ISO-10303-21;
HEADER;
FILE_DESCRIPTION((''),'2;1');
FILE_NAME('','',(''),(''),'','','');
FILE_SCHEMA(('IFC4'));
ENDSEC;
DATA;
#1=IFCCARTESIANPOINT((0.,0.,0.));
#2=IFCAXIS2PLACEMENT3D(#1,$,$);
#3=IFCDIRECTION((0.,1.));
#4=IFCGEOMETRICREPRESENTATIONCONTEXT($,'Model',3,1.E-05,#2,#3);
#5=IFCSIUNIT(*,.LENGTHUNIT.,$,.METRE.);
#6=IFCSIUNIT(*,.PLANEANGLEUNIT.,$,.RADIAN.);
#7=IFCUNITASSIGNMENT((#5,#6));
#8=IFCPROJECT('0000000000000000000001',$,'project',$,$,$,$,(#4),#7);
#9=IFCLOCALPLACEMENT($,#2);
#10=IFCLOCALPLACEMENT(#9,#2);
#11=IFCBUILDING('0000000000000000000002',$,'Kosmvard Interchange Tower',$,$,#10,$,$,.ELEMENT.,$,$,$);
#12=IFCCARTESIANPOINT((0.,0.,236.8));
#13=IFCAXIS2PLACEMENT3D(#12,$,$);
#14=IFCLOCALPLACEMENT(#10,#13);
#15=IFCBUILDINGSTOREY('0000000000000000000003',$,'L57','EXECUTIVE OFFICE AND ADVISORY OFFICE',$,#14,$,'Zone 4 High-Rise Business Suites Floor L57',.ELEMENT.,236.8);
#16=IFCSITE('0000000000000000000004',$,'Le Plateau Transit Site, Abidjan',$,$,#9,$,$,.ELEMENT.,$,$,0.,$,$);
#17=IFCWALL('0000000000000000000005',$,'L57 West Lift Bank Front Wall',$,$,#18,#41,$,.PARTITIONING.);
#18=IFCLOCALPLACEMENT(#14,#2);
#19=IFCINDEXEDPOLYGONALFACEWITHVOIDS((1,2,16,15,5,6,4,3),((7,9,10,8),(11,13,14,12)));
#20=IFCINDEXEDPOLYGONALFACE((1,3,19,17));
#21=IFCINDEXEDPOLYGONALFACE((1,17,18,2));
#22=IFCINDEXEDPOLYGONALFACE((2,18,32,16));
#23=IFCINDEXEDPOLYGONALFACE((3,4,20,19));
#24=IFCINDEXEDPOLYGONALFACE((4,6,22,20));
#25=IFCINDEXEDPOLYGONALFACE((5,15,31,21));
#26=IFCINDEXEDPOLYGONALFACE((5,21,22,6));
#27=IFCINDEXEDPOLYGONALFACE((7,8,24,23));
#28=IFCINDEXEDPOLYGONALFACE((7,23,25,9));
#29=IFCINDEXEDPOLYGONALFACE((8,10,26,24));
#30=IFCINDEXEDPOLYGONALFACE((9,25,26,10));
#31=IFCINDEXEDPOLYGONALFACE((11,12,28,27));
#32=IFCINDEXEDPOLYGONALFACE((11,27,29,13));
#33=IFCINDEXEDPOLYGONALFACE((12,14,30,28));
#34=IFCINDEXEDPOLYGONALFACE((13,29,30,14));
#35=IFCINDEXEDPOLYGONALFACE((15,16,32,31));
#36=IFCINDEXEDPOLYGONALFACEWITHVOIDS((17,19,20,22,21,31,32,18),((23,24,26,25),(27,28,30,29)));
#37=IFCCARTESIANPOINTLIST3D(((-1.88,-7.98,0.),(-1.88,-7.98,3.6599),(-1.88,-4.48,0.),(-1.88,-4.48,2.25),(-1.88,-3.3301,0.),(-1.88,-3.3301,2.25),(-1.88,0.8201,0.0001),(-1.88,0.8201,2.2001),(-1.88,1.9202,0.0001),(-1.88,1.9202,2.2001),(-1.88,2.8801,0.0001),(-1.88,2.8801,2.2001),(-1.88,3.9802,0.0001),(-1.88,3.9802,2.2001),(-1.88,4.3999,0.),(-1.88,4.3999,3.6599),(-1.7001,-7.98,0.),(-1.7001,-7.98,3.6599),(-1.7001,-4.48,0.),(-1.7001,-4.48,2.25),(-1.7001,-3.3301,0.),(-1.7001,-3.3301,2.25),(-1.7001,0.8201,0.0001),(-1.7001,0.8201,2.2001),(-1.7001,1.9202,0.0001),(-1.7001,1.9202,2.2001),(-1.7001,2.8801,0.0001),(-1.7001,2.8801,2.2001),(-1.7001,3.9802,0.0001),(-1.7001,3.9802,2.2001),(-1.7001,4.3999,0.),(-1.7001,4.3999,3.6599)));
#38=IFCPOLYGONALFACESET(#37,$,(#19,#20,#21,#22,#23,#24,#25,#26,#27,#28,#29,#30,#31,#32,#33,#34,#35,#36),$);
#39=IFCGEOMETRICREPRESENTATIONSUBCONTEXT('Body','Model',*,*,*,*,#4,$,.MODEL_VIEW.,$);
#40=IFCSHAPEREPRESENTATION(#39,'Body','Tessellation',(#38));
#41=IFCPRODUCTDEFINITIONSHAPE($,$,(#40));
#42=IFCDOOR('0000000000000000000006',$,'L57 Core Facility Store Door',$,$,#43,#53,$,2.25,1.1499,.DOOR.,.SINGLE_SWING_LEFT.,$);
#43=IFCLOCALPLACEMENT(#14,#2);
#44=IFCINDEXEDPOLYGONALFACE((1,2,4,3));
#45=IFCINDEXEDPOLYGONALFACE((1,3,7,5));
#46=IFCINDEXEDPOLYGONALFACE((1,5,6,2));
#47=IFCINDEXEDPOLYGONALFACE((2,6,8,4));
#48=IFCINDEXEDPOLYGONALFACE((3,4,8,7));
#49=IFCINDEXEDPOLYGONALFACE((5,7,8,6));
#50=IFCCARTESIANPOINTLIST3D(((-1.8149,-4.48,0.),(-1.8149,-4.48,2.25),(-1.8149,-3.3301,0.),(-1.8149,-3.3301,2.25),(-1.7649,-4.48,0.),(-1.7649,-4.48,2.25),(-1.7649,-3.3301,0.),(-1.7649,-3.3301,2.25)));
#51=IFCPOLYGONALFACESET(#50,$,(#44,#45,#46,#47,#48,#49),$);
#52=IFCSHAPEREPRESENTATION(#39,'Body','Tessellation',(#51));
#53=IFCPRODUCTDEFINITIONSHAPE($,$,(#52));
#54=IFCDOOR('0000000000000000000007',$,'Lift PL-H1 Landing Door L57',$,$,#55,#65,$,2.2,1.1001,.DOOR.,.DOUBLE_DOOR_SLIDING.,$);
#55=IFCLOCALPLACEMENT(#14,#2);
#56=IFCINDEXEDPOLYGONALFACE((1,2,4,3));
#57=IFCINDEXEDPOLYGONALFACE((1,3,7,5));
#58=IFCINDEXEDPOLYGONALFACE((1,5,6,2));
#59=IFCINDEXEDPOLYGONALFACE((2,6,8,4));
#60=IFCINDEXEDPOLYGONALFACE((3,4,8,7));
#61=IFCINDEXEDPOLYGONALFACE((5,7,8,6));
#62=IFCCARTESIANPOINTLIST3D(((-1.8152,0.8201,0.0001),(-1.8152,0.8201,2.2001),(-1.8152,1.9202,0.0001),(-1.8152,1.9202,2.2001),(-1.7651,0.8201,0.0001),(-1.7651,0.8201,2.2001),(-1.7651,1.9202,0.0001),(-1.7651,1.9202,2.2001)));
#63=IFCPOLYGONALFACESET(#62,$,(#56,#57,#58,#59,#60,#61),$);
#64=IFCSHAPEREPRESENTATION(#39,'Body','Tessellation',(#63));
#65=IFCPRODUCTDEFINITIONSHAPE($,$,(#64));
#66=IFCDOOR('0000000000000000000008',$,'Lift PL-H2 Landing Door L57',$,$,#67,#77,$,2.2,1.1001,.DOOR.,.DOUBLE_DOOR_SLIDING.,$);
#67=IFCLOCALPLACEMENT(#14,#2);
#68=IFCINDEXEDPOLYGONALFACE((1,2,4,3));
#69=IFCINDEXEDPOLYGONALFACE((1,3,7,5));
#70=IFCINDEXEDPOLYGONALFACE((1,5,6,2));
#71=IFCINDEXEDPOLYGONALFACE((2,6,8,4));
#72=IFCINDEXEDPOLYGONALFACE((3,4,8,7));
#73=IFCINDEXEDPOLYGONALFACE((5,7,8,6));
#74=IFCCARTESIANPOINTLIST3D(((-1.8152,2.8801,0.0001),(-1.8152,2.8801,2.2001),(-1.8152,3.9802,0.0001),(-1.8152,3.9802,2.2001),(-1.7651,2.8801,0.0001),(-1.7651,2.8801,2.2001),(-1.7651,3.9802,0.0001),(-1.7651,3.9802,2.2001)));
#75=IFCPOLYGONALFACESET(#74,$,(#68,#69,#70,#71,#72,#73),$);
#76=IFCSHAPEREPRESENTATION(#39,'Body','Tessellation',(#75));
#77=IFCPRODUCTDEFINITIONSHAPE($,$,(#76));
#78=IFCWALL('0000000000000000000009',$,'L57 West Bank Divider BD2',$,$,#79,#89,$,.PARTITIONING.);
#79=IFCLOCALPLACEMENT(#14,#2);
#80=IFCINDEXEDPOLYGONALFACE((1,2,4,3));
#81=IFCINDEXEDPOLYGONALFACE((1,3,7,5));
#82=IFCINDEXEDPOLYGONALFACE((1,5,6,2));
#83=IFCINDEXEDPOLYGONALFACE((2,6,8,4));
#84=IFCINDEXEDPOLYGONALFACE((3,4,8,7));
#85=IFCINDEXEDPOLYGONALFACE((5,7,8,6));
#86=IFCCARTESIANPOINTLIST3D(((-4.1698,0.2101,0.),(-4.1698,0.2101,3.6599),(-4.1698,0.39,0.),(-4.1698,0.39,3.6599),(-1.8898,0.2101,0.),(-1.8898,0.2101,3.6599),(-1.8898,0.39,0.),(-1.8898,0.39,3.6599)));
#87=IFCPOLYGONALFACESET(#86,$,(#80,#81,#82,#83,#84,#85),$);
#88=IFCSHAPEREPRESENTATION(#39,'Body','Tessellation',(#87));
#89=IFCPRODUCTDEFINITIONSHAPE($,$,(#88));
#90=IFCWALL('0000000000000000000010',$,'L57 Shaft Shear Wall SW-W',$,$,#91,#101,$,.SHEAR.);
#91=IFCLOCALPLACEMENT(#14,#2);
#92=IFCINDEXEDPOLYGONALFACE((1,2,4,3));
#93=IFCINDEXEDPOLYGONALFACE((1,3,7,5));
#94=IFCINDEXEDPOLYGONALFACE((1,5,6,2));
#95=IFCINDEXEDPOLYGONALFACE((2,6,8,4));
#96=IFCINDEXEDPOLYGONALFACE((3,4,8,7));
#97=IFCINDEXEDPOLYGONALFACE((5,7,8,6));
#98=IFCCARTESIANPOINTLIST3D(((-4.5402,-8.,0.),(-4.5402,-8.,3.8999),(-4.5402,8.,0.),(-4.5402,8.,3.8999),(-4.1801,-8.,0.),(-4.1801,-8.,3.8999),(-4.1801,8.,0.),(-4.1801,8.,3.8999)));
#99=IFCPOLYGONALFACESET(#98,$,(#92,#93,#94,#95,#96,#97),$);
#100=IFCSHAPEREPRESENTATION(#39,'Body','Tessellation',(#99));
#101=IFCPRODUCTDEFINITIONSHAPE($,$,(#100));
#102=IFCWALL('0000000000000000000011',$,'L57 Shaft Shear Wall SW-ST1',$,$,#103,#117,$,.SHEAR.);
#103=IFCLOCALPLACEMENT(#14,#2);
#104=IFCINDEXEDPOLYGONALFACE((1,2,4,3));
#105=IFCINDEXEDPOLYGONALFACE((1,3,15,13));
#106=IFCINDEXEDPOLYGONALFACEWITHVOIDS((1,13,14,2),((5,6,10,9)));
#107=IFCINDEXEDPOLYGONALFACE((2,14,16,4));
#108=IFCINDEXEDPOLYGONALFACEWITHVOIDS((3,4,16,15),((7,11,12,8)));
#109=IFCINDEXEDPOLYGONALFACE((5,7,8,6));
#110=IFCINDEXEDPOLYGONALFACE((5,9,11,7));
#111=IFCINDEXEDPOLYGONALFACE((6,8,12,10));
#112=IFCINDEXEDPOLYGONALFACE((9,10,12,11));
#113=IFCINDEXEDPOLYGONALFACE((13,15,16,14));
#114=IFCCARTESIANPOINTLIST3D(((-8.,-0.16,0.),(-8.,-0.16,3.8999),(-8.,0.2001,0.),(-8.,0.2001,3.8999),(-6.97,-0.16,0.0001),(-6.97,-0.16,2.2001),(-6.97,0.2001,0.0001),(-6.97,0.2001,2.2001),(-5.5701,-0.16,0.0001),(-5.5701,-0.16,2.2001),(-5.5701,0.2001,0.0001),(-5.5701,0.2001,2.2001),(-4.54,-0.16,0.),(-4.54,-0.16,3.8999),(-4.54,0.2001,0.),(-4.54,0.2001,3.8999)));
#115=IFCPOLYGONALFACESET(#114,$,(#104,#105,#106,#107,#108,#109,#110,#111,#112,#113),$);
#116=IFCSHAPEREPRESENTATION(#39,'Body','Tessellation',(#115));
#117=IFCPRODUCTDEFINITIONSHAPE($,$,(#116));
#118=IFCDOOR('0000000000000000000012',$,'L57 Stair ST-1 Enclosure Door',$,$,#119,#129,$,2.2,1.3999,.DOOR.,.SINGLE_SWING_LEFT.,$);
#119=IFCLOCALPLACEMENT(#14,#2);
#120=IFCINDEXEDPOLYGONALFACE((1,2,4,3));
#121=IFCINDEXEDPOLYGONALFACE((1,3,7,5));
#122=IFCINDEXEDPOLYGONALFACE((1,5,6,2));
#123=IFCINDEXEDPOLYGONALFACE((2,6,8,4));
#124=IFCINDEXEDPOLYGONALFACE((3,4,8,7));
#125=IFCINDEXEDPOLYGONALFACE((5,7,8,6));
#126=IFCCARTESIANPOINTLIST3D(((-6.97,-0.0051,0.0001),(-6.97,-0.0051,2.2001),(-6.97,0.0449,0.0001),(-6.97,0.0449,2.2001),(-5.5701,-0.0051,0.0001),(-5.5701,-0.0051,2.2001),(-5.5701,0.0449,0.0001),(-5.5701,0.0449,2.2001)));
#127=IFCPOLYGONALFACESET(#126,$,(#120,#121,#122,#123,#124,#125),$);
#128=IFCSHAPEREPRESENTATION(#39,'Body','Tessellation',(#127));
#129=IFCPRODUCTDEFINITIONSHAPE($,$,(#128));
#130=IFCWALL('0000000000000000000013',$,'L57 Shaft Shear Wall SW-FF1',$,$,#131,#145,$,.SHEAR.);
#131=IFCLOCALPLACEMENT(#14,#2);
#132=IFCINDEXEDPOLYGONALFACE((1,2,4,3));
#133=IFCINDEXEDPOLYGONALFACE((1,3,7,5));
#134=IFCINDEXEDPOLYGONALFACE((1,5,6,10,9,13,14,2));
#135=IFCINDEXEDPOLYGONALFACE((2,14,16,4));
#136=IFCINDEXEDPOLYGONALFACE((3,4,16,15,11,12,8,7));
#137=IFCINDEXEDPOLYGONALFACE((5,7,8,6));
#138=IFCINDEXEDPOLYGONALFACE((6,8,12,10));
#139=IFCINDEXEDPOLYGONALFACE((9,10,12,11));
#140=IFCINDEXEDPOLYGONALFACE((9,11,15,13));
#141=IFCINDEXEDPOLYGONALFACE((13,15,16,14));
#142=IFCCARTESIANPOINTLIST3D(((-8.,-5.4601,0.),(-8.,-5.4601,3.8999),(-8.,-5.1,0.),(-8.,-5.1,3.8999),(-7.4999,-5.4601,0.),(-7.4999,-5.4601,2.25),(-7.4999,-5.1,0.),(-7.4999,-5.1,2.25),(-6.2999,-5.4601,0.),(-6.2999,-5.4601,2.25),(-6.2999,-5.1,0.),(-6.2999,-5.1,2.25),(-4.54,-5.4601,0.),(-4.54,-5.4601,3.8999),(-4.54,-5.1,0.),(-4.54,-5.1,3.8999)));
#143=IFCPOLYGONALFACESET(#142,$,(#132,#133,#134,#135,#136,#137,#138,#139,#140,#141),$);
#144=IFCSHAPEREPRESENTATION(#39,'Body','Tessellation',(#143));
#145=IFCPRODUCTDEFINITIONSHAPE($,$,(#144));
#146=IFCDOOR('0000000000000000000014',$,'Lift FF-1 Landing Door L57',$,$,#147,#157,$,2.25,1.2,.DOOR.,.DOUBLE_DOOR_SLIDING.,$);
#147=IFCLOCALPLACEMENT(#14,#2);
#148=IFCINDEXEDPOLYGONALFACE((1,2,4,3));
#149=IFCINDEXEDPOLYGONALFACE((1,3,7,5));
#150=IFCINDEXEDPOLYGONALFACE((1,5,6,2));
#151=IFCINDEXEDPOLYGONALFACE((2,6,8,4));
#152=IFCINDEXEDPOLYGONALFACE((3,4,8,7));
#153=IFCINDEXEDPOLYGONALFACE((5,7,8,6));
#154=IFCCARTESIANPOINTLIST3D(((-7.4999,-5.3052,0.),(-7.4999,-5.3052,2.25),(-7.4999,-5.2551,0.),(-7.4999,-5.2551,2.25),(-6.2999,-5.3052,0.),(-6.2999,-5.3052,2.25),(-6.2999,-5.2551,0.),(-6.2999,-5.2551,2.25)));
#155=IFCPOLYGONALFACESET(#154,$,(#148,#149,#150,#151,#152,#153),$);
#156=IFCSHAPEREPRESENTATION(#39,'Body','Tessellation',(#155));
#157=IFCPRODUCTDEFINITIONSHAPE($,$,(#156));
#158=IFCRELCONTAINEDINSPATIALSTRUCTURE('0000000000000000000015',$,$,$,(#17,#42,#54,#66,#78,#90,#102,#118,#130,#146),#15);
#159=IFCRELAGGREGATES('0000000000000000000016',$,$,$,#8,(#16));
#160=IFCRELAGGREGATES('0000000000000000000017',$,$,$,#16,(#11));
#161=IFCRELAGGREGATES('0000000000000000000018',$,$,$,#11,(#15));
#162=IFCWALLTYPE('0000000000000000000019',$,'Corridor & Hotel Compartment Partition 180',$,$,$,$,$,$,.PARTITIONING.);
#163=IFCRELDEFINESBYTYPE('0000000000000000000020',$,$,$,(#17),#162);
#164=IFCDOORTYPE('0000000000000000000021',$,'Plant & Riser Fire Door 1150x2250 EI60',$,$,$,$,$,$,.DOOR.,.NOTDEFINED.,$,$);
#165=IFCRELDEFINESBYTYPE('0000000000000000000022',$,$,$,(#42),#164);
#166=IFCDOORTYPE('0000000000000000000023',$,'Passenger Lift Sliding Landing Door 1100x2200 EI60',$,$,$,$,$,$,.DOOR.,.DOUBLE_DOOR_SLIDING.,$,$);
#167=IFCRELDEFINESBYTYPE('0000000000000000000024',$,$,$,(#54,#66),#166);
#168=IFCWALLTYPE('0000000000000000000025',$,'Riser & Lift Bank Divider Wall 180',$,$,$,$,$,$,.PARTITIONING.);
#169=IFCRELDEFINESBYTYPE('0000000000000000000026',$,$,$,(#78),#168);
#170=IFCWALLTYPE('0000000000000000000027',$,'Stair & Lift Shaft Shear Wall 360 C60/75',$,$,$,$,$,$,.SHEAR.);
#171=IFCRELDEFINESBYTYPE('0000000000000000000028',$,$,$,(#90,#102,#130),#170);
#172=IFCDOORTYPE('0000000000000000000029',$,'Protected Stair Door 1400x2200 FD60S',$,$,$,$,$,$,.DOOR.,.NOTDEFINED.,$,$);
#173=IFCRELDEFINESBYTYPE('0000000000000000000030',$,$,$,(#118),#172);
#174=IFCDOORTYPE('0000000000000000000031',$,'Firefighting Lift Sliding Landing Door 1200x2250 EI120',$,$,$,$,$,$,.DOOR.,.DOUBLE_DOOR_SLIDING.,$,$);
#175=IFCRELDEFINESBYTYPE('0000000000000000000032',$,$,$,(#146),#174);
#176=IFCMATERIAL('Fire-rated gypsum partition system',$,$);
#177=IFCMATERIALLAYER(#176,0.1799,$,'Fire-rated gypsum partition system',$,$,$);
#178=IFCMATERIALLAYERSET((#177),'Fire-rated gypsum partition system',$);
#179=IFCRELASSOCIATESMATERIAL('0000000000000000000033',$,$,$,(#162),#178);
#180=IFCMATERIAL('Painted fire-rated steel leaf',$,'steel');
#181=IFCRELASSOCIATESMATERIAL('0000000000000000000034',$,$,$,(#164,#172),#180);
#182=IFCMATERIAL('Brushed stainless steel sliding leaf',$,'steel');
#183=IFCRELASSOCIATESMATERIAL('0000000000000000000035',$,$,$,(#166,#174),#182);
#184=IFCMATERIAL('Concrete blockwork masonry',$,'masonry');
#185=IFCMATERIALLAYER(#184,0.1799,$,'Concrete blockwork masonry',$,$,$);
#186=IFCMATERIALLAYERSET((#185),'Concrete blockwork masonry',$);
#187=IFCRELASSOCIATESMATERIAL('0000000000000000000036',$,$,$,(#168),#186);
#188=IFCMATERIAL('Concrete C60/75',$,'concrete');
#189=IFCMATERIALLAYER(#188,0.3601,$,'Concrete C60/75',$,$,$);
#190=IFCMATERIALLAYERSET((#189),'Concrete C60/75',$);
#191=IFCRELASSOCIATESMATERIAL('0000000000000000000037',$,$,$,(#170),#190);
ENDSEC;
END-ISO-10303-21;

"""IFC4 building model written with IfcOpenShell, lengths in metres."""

from ifc_helpers import new_model, si_unit, direction, frame, frame_2d, origin, place, context, subcontext, project, spatial, rectangle, extrude, source, transform, mapped, material, layer, layer_set, type_object, element, fill, save


model = new_model("IFC4")

# Units and contexts
model_context = context("Model", 3, precision=1e-05, world=origin(), true_north=direction((0.0, 1.0)))
body_context = subcontext(model_context, "Body", "Model", "MODEL_VIEW")
ifc_project = project(units=[si_unit("LENGTHUNIT", "METRE"), si_unit("PLANEANGLEUNIT", "RADIAN")], contexts=[model_context])

# Site, building, storey
site_placement = place(None, origin())
site = spatial("IfcSite", under=ifc_project, at=site_placement, Name="Le Plateau Transit Site, Abidjan", CompositionType="ELEMENT", RefElevation=0.0)
building_placement = place(site_placement, origin())
building = spatial("IfcBuilding", under=site, at=building_placement, Name="Kosmvard Interchange Tower", CompositionType="ELEMENT")
storey_placement = place(building_placement, frame((0.0, 0.0, 236.8)))
storey = spatial("IfcBuildingStorey", under=building, at=storey_placement, Name="L57", Description="EXECUTIVE OFFICE AND ADVISORY OFFICE", LongName="Zone 4 High-Rise Business Suites Floor L57", CompositionType="ELEMENT", Elevation=236.8)

# Shared definitions
ifc_material_1 = material(Name="Concrete C60/75", Category="concrete")

# Wall, openings, doors
ifc_material_2 = material(Name="Fire-rated gypsum partition system")
ifc_layer_1 = layer(ifc_material_2, 0.1799, Name="Fire-rated gypsum partition system")
ifc_layer_set_1 = layer_set([ifc_layer_1], Name="Fire-rated gypsum partition system")
wall_type_1 = type_object("IfcWallType", Name="Corridor & Hotel Compartment Partition 180", PredefinedType="PARTITIONING", material=ifc_layer_set_1)
wall_1_placement = place(storey_placement, frame((-1.79, -7.98, 0.0), z_axis=(0.0, 0.0, 1.0), x_axis=(0.0, 1.0, 0.0)))
wall_1 = element("IfcWall", 1, at=wall_1_placement, inside=storey, type_object=wall_type_1, Name="L57 West Lift Bank Front Wall", PredefinedType="PARTITIONING", context=body_context, shape_type="SweptSolid", body=[
    extrude(rectangle(XDim=12.3799, YDim=0.1799, at=frame_2d((6.1899, 0.0))), origin(), (0.0, 0.0, 1.0), 3.6599),
])
opening_1_placement = place(wall_1_placement, frame((8.8, 0.0, 0.0)))
opening_1 = element("IfcOpeningElement", 2, at=opening_1_placement, cuts=wall_1, PredefinedType="OPENING", context=body_context, shape_type="SweptSolid", body=[
    extrude(rectangle(XDim=1.1001, YDim=2.2, at=frame_2d((0.55, 1.1001))), frame((0.0, 0.1001, 0.0), z_axis=(0.0, -1.0, 0.0), x_axis=(1.0, 0.0, 0.0)), (0.0, 0.0, 1.0), 0.2),
])
opening_2_placement = place(wall_1_placement, frame((10.8601, 0.0, 0.0)))
opening_2 = element("IfcOpeningElement", 3, at=opening_2_placement, cuts=wall_1, PredefinedType="OPENING", context=body_context, shape_type="SweptSolid", body=[
    extrude(rectangle(XDim=1.1001, YDim=2.2, at=frame_2d((0.55, 1.1001))), frame((0.0, 0.1001, 0.0), z_axis=(0.0, -1.0, 0.0), x_axis=(1.0, 0.0, 0.0)), (0.0, 0.0, 1.0), 0.2),
])
opening_3_placement = place(wall_1_placement, frame((3.5, 0.0, 0.0)))
opening_3 = element("IfcOpeningElement", 4, at=opening_3_placement, cuts=wall_1, PredefinedType="OPENING", context=body_context, shape_type="SweptSolid", body=[
    extrude(rectangle(XDim=1.1499, YDim=2.25, at=frame_2d((0.575, 1.125))), frame((0.0, 0.1001, 0.0), z_axis=(0.0, -1.0, 0.0), x_axis=(1.0, 0.0, 0.0)), (0.0, 0.0, 1.0), 0.2),
])
ifc_material_3 = material(Name="Painted fire-rated steel leaf", Category="steel")
door_type_1 = type_object("IfcDoorType", Name="Plant & Riser Fire Door 1150x2250 EI60", OperationType="NOTDEFINED", PredefinedType="DOOR", material=ifc_material_3)
shared_shape_1 = source(origin(), body_context, "Body", "SweptSolid", [
    extrude(rectangle(XDim=1.1499, YDim=2.25, at=frame_2d((0.575, 1.125))), frame((0.0, 0.0249, 0.0), z_axis=(0.0, -1.0, 0.0), x_axis=(1.0, 0.0, 0.0)), (0.0, 0.0, 1.0), 0.05),
])
door_1_placement = place(opening_3_placement, origin())
door_1 = element("IfcDoor", 5, at=door_1_placement, inside=storey, type_object=door_type_1, Name="L57 Core Facility Store Door", OperationType="SINGLE_SWING_LEFT", OverallHeight=2.25, OverallWidth=1.1499, PredefinedType="DOOR", context=body_context, shape_type="MappedRepresentation", body=[
    mapped(shared_shape_1, transform((0.0, 0.0, 0.0), scale=1.0)),
])
fill(opening_3, door_1)
ifc_material_4 = material(Name="Brushed stainless steel sliding leaf", Category="steel")
door_type_2 = type_object("IfcDoorType", Name="Passenger Lift Sliding Landing Door 1100x2200 EI60", OperationType="DOUBLE_DOOR_SLIDING", PredefinedType="DOOR", material=ifc_material_4)
shared_shape_2 = source(origin(), body_context, "Body", "SweptSolid", [
    extrude(rectangle(XDim=1.1001, YDim=2.2, at=frame_2d((0.55, 1.1001))), frame((0.0, 0.0249, 0.0), z_axis=(0.0, -1.0, 0.0), x_axis=(1.0, 0.0, 0.0)), (0.0, 0.0, 1.0), 0.05),
])
door_2_placement = place(opening_1_placement, frame((1.1001, 0.0, 0.0), z_axis=(0.0, 0.0, 1.0), x_axis=(-1.0, 0.0, 0.0)))
door_2 = element("IfcDoor", 6, at=door_2_placement, inside=storey, type_object=door_type_2, Name="Lift PL-H1 Landing Door L57", OperationType="DOUBLE_DOOR_SLIDING", OverallHeight=2.2, OverallWidth=1.1001, PredefinedType="DOOR", context=body_context, shape_type="MappedRepresentation", body=[
    mapped(shared_shape_2, transform((0.0, 0.0, 0.0), scale=1.0)),
])
fill(opening_1, door_2)
door_3_placement = place(opening_2_placement, frame((1.1001, 0.0, 0.0), z_axis=(0.0, 0.0, 1.0), x_axis=(-1.0, 0.0, 0.0)))
door_3 = element("IfcDoor", 7, at=door_3_placement, inside=storey, type_object=door_type_2, Name="Lift PL-H2 Landing Door L57", OperationType="DOUBLE_DOOR_SLIDING", OverallHeight=2.2, OverallWidth=1.1001, PredefinedType="DOOR", context=body_context, shape_type="MappedRepresentation", body=[
    mapped(shared_shape_2, transform((0.0, 0.0, 0.0), scale=1.0)),
])
fill(opening_2, door_3)

# Walls
ifc_material_5 = material(Name="Concrete blockwork masonry", Category="masonry")
ifc_layer_2 = layer(ifc_material_5, 0.1799, Name="Concrete blockwork masonry")
ifc_layer_set_2 = layer_set([ifc_layer_2], Name="Concrete blockwork masonry")
wall_type_2 = type_object("IfcWallType", Name="Riser & Lift Bank Divider Wall 180", PredefinedType="PARTITIONING", material=ifc_layer_set_2)
wall_2_placement = place(storey_placement, frame((-4.1699, 0.3, 0.0), z_axis=(0.0, 0.0, 1.0), x_axis=(1.0, 0.0, 0.0)))
element("IfcWall", 8, at=wall_2_placement, inside=storey, type_object=wall_type_2, Name="L57 West Bank Divider BD2", PredefinedType="PARTITIONING", context=body_context, shape_type="SweptSolid", body=[
    extrude(rectangle(XDim=2.28, YDim=0.1799, at=frame_2d((1.1401, 0.0))), origin(), (0.0, 0.0, 1.0), 3.6599),
])
ifc_layer_3 = layer(ifc_material_1, 0.3601, Name="Concrete C60/75")
ifc_layer_set_3 = layer_set([ifc_layer_3], Name="Concrete C60/75")
wall_type_3 = type_object("IfcWallType", Name="Stair & Lift Shaft Shear Wall 360 C60/75", PredefinedType="SHEAR", material=ifc_layer_set_3)
wall_3_placement = place(storey_placement, frame((-4.3601, -8.0, 0.0), z_axis=(0.0, 0.0, 1.0), x_axis=(0.0, 1.0, 0.0)))
element("IfcWall", 9, at=wall_3_placement, inside=storey, type_object=wall_type_3, Name="L57 Shaft Shear Wall SW-W", PredefinedType="SHEAR", context=body_context, shape_type="SweptSolid", body=[
    extrude(rectangle(XDim=16.0, YDim=0.3601, at=frame_2d((8.0, 0.0))), origin(), (0.0, 0.0, 1.0), 3.8999),
])

# Walls, openings, doors
wall_4_placement = place(storey_placement, frame((-8.0, 0.02, 0.0), z_axis=(0.0, 0.0, 1.0), x_axis=(1.0, 0.0, 0.0)))
wall_4 = element("IfcWall", 10, at=wall_4_placement, inside=storey, type_object=wall_type_3, Name="L57 Shaft Shear Wall SW-ST1", PredefinedType="SHEAR", context=body_context, shape_type="SweptSolid", body=[
    extrude(rectangle(XDim=3.46, YDim=0.3601, at=frame_2d((1.73, 0.0))), origin(), (0.0, 0.0, 1.0), 3.8999),
])
opening_4_placement = place(wall_4_placement, frame((1.03, 0.0, 0.0)))
opening_4 = element("IfcOpeningElement", 11, at=opening_4_placement, cuts=wall_4, PredefinedType="OPENING", context=body_context, shape_type="SweptSolid", body=[
    extrude(rectangle(XDim=1.3999, YDim=2.2, at=frame_2d((0.7, 1.1001))), frame((0.0, 0.1899, 0.0), z_axis=(0.0, -1.0, 0.0), x_axis=(1.0, 0.0, 0.0)), (0.0, 0.0, 1.0), 0.3801),
])
door_type_3 = type_object("IfcDoorType", Name="Protected Stair Door 1400x2200 FD60S", OperationType="NOTDEFINED", PredefinedType="DOOR", material=ifc_material_3)
shared_shape_3 = source(origin(), body_context, "Body", "SweptSolid", [
    extrude(rectangle(XDim=1.3999, YDim=2.2, at=frame_2d((0.7, 1.1001))), frame((0.0, 0.0249, 0.0), z_axis=(0.0, -1.0, 0.0), x_axis=(1.0, 0.0, 0.0)), (0.0, 0.0, 1.0), 0.05),
])
door_4_placement = place(opening_4_placement, origin())
door_4 = element("IfcDoor", 12, at=door_4_placement, inside=storey, type_object=door_type_3, Name="L57 Stair ST-1 Enclosure Door", OperationType="SINGLE_SWING_LEFT", OverallHeight=2.2, OverallWidth=1.3999, PredefinedType="DOOR", context=body_context, shape_type="MappedRepresentation", body=[
    mapped(shared_shape_3, transform((0.0, 0.0, 0.0), scale=1.0)),
])
fill(opening_4, door_4)
wall_5_placement = place(storey_placement, frame((-8.0, -5.28, 0.0), z_axis=(0.0, 0.0, 1.0), x_axis=(1.0, 0.0, 0.0)))
wall_5 = element("IfcWall", 13, at=wall_5_placement, inside=storey, type_object=wall_type_3, Name="L57 Shaft Shear Wall SW-FF1", PredefinedType="SHEAR", context=body_context, shape_type="SweptSolid", body=[
    extrude(rectangle(XDim=3.46, YDim=0.3601, at=frame_2d((1.73, 0.0))), origin(), (0.0, 0.0, 1.0), 3.8999),
])
opening_5_placement = place(wall_5_placement, frame((0.5, 0.0, 0.0)))
opening_5 = element("IfcOpeningElement", 14, at=opening_5_placement, cuts=wall_5, PredefinedType="OPENING", context=body_context, shape_type="SweptSolid", body=[
    extrude(rectangle(XDim=1.2, YDim=2.25, at=frame_2d((0.6001, 1.125))), frame((0.0, 0.1899, 0.0), z_axis=(0.0, -1.0, 0.0), x_axis=(1.0, 0.0, 0.0)), (0.0, 0.0, 1.0), 0.3801),
])
door_type_4 = type_object("IfcDoorType", Name="Firefighting Lift Sliding Landing Door 1200x2250 EI120", OperationType="DOUBLE_DOOR_SLIDING", PredefinedType="DOOR", material=ifc_material_4)
shared_shape_4 = source(origin(), body_context, "Body", "SweptSolid", [
    extrude(rectangle(XDim=1.2, YDim=2.25, at=frame_2d((0.6001, 1.125))), frame((0.0, 0.0249, 0.0), z_axis=(0.0, -1.0, 0.0), x_axis=(1.0, 0.0, 0.0)), (0.0, 0.0, 1.0), 0.05),
])
door_5_placement = place(opening_5_placement, origin())
door_5 = element("IfcDoor", 15, at=door_5_placement, inside=storey, type_object=door_type_4, Name="Lift FF-1 Landing Door L57", OperationType="DOUBLE_DOOR_SLIDING", OverallHeight=2.25, OverallWidth=1.2, PredefinedType="DOOR", context=body_context, shape_type="MappedRepresentation", body=[
    mapped(shared_shape_4, transform((0.0, 0.0, 0.0), scale=1.0)),
])
fill(opening_5, door_5)

save(model, "model.ifc")
